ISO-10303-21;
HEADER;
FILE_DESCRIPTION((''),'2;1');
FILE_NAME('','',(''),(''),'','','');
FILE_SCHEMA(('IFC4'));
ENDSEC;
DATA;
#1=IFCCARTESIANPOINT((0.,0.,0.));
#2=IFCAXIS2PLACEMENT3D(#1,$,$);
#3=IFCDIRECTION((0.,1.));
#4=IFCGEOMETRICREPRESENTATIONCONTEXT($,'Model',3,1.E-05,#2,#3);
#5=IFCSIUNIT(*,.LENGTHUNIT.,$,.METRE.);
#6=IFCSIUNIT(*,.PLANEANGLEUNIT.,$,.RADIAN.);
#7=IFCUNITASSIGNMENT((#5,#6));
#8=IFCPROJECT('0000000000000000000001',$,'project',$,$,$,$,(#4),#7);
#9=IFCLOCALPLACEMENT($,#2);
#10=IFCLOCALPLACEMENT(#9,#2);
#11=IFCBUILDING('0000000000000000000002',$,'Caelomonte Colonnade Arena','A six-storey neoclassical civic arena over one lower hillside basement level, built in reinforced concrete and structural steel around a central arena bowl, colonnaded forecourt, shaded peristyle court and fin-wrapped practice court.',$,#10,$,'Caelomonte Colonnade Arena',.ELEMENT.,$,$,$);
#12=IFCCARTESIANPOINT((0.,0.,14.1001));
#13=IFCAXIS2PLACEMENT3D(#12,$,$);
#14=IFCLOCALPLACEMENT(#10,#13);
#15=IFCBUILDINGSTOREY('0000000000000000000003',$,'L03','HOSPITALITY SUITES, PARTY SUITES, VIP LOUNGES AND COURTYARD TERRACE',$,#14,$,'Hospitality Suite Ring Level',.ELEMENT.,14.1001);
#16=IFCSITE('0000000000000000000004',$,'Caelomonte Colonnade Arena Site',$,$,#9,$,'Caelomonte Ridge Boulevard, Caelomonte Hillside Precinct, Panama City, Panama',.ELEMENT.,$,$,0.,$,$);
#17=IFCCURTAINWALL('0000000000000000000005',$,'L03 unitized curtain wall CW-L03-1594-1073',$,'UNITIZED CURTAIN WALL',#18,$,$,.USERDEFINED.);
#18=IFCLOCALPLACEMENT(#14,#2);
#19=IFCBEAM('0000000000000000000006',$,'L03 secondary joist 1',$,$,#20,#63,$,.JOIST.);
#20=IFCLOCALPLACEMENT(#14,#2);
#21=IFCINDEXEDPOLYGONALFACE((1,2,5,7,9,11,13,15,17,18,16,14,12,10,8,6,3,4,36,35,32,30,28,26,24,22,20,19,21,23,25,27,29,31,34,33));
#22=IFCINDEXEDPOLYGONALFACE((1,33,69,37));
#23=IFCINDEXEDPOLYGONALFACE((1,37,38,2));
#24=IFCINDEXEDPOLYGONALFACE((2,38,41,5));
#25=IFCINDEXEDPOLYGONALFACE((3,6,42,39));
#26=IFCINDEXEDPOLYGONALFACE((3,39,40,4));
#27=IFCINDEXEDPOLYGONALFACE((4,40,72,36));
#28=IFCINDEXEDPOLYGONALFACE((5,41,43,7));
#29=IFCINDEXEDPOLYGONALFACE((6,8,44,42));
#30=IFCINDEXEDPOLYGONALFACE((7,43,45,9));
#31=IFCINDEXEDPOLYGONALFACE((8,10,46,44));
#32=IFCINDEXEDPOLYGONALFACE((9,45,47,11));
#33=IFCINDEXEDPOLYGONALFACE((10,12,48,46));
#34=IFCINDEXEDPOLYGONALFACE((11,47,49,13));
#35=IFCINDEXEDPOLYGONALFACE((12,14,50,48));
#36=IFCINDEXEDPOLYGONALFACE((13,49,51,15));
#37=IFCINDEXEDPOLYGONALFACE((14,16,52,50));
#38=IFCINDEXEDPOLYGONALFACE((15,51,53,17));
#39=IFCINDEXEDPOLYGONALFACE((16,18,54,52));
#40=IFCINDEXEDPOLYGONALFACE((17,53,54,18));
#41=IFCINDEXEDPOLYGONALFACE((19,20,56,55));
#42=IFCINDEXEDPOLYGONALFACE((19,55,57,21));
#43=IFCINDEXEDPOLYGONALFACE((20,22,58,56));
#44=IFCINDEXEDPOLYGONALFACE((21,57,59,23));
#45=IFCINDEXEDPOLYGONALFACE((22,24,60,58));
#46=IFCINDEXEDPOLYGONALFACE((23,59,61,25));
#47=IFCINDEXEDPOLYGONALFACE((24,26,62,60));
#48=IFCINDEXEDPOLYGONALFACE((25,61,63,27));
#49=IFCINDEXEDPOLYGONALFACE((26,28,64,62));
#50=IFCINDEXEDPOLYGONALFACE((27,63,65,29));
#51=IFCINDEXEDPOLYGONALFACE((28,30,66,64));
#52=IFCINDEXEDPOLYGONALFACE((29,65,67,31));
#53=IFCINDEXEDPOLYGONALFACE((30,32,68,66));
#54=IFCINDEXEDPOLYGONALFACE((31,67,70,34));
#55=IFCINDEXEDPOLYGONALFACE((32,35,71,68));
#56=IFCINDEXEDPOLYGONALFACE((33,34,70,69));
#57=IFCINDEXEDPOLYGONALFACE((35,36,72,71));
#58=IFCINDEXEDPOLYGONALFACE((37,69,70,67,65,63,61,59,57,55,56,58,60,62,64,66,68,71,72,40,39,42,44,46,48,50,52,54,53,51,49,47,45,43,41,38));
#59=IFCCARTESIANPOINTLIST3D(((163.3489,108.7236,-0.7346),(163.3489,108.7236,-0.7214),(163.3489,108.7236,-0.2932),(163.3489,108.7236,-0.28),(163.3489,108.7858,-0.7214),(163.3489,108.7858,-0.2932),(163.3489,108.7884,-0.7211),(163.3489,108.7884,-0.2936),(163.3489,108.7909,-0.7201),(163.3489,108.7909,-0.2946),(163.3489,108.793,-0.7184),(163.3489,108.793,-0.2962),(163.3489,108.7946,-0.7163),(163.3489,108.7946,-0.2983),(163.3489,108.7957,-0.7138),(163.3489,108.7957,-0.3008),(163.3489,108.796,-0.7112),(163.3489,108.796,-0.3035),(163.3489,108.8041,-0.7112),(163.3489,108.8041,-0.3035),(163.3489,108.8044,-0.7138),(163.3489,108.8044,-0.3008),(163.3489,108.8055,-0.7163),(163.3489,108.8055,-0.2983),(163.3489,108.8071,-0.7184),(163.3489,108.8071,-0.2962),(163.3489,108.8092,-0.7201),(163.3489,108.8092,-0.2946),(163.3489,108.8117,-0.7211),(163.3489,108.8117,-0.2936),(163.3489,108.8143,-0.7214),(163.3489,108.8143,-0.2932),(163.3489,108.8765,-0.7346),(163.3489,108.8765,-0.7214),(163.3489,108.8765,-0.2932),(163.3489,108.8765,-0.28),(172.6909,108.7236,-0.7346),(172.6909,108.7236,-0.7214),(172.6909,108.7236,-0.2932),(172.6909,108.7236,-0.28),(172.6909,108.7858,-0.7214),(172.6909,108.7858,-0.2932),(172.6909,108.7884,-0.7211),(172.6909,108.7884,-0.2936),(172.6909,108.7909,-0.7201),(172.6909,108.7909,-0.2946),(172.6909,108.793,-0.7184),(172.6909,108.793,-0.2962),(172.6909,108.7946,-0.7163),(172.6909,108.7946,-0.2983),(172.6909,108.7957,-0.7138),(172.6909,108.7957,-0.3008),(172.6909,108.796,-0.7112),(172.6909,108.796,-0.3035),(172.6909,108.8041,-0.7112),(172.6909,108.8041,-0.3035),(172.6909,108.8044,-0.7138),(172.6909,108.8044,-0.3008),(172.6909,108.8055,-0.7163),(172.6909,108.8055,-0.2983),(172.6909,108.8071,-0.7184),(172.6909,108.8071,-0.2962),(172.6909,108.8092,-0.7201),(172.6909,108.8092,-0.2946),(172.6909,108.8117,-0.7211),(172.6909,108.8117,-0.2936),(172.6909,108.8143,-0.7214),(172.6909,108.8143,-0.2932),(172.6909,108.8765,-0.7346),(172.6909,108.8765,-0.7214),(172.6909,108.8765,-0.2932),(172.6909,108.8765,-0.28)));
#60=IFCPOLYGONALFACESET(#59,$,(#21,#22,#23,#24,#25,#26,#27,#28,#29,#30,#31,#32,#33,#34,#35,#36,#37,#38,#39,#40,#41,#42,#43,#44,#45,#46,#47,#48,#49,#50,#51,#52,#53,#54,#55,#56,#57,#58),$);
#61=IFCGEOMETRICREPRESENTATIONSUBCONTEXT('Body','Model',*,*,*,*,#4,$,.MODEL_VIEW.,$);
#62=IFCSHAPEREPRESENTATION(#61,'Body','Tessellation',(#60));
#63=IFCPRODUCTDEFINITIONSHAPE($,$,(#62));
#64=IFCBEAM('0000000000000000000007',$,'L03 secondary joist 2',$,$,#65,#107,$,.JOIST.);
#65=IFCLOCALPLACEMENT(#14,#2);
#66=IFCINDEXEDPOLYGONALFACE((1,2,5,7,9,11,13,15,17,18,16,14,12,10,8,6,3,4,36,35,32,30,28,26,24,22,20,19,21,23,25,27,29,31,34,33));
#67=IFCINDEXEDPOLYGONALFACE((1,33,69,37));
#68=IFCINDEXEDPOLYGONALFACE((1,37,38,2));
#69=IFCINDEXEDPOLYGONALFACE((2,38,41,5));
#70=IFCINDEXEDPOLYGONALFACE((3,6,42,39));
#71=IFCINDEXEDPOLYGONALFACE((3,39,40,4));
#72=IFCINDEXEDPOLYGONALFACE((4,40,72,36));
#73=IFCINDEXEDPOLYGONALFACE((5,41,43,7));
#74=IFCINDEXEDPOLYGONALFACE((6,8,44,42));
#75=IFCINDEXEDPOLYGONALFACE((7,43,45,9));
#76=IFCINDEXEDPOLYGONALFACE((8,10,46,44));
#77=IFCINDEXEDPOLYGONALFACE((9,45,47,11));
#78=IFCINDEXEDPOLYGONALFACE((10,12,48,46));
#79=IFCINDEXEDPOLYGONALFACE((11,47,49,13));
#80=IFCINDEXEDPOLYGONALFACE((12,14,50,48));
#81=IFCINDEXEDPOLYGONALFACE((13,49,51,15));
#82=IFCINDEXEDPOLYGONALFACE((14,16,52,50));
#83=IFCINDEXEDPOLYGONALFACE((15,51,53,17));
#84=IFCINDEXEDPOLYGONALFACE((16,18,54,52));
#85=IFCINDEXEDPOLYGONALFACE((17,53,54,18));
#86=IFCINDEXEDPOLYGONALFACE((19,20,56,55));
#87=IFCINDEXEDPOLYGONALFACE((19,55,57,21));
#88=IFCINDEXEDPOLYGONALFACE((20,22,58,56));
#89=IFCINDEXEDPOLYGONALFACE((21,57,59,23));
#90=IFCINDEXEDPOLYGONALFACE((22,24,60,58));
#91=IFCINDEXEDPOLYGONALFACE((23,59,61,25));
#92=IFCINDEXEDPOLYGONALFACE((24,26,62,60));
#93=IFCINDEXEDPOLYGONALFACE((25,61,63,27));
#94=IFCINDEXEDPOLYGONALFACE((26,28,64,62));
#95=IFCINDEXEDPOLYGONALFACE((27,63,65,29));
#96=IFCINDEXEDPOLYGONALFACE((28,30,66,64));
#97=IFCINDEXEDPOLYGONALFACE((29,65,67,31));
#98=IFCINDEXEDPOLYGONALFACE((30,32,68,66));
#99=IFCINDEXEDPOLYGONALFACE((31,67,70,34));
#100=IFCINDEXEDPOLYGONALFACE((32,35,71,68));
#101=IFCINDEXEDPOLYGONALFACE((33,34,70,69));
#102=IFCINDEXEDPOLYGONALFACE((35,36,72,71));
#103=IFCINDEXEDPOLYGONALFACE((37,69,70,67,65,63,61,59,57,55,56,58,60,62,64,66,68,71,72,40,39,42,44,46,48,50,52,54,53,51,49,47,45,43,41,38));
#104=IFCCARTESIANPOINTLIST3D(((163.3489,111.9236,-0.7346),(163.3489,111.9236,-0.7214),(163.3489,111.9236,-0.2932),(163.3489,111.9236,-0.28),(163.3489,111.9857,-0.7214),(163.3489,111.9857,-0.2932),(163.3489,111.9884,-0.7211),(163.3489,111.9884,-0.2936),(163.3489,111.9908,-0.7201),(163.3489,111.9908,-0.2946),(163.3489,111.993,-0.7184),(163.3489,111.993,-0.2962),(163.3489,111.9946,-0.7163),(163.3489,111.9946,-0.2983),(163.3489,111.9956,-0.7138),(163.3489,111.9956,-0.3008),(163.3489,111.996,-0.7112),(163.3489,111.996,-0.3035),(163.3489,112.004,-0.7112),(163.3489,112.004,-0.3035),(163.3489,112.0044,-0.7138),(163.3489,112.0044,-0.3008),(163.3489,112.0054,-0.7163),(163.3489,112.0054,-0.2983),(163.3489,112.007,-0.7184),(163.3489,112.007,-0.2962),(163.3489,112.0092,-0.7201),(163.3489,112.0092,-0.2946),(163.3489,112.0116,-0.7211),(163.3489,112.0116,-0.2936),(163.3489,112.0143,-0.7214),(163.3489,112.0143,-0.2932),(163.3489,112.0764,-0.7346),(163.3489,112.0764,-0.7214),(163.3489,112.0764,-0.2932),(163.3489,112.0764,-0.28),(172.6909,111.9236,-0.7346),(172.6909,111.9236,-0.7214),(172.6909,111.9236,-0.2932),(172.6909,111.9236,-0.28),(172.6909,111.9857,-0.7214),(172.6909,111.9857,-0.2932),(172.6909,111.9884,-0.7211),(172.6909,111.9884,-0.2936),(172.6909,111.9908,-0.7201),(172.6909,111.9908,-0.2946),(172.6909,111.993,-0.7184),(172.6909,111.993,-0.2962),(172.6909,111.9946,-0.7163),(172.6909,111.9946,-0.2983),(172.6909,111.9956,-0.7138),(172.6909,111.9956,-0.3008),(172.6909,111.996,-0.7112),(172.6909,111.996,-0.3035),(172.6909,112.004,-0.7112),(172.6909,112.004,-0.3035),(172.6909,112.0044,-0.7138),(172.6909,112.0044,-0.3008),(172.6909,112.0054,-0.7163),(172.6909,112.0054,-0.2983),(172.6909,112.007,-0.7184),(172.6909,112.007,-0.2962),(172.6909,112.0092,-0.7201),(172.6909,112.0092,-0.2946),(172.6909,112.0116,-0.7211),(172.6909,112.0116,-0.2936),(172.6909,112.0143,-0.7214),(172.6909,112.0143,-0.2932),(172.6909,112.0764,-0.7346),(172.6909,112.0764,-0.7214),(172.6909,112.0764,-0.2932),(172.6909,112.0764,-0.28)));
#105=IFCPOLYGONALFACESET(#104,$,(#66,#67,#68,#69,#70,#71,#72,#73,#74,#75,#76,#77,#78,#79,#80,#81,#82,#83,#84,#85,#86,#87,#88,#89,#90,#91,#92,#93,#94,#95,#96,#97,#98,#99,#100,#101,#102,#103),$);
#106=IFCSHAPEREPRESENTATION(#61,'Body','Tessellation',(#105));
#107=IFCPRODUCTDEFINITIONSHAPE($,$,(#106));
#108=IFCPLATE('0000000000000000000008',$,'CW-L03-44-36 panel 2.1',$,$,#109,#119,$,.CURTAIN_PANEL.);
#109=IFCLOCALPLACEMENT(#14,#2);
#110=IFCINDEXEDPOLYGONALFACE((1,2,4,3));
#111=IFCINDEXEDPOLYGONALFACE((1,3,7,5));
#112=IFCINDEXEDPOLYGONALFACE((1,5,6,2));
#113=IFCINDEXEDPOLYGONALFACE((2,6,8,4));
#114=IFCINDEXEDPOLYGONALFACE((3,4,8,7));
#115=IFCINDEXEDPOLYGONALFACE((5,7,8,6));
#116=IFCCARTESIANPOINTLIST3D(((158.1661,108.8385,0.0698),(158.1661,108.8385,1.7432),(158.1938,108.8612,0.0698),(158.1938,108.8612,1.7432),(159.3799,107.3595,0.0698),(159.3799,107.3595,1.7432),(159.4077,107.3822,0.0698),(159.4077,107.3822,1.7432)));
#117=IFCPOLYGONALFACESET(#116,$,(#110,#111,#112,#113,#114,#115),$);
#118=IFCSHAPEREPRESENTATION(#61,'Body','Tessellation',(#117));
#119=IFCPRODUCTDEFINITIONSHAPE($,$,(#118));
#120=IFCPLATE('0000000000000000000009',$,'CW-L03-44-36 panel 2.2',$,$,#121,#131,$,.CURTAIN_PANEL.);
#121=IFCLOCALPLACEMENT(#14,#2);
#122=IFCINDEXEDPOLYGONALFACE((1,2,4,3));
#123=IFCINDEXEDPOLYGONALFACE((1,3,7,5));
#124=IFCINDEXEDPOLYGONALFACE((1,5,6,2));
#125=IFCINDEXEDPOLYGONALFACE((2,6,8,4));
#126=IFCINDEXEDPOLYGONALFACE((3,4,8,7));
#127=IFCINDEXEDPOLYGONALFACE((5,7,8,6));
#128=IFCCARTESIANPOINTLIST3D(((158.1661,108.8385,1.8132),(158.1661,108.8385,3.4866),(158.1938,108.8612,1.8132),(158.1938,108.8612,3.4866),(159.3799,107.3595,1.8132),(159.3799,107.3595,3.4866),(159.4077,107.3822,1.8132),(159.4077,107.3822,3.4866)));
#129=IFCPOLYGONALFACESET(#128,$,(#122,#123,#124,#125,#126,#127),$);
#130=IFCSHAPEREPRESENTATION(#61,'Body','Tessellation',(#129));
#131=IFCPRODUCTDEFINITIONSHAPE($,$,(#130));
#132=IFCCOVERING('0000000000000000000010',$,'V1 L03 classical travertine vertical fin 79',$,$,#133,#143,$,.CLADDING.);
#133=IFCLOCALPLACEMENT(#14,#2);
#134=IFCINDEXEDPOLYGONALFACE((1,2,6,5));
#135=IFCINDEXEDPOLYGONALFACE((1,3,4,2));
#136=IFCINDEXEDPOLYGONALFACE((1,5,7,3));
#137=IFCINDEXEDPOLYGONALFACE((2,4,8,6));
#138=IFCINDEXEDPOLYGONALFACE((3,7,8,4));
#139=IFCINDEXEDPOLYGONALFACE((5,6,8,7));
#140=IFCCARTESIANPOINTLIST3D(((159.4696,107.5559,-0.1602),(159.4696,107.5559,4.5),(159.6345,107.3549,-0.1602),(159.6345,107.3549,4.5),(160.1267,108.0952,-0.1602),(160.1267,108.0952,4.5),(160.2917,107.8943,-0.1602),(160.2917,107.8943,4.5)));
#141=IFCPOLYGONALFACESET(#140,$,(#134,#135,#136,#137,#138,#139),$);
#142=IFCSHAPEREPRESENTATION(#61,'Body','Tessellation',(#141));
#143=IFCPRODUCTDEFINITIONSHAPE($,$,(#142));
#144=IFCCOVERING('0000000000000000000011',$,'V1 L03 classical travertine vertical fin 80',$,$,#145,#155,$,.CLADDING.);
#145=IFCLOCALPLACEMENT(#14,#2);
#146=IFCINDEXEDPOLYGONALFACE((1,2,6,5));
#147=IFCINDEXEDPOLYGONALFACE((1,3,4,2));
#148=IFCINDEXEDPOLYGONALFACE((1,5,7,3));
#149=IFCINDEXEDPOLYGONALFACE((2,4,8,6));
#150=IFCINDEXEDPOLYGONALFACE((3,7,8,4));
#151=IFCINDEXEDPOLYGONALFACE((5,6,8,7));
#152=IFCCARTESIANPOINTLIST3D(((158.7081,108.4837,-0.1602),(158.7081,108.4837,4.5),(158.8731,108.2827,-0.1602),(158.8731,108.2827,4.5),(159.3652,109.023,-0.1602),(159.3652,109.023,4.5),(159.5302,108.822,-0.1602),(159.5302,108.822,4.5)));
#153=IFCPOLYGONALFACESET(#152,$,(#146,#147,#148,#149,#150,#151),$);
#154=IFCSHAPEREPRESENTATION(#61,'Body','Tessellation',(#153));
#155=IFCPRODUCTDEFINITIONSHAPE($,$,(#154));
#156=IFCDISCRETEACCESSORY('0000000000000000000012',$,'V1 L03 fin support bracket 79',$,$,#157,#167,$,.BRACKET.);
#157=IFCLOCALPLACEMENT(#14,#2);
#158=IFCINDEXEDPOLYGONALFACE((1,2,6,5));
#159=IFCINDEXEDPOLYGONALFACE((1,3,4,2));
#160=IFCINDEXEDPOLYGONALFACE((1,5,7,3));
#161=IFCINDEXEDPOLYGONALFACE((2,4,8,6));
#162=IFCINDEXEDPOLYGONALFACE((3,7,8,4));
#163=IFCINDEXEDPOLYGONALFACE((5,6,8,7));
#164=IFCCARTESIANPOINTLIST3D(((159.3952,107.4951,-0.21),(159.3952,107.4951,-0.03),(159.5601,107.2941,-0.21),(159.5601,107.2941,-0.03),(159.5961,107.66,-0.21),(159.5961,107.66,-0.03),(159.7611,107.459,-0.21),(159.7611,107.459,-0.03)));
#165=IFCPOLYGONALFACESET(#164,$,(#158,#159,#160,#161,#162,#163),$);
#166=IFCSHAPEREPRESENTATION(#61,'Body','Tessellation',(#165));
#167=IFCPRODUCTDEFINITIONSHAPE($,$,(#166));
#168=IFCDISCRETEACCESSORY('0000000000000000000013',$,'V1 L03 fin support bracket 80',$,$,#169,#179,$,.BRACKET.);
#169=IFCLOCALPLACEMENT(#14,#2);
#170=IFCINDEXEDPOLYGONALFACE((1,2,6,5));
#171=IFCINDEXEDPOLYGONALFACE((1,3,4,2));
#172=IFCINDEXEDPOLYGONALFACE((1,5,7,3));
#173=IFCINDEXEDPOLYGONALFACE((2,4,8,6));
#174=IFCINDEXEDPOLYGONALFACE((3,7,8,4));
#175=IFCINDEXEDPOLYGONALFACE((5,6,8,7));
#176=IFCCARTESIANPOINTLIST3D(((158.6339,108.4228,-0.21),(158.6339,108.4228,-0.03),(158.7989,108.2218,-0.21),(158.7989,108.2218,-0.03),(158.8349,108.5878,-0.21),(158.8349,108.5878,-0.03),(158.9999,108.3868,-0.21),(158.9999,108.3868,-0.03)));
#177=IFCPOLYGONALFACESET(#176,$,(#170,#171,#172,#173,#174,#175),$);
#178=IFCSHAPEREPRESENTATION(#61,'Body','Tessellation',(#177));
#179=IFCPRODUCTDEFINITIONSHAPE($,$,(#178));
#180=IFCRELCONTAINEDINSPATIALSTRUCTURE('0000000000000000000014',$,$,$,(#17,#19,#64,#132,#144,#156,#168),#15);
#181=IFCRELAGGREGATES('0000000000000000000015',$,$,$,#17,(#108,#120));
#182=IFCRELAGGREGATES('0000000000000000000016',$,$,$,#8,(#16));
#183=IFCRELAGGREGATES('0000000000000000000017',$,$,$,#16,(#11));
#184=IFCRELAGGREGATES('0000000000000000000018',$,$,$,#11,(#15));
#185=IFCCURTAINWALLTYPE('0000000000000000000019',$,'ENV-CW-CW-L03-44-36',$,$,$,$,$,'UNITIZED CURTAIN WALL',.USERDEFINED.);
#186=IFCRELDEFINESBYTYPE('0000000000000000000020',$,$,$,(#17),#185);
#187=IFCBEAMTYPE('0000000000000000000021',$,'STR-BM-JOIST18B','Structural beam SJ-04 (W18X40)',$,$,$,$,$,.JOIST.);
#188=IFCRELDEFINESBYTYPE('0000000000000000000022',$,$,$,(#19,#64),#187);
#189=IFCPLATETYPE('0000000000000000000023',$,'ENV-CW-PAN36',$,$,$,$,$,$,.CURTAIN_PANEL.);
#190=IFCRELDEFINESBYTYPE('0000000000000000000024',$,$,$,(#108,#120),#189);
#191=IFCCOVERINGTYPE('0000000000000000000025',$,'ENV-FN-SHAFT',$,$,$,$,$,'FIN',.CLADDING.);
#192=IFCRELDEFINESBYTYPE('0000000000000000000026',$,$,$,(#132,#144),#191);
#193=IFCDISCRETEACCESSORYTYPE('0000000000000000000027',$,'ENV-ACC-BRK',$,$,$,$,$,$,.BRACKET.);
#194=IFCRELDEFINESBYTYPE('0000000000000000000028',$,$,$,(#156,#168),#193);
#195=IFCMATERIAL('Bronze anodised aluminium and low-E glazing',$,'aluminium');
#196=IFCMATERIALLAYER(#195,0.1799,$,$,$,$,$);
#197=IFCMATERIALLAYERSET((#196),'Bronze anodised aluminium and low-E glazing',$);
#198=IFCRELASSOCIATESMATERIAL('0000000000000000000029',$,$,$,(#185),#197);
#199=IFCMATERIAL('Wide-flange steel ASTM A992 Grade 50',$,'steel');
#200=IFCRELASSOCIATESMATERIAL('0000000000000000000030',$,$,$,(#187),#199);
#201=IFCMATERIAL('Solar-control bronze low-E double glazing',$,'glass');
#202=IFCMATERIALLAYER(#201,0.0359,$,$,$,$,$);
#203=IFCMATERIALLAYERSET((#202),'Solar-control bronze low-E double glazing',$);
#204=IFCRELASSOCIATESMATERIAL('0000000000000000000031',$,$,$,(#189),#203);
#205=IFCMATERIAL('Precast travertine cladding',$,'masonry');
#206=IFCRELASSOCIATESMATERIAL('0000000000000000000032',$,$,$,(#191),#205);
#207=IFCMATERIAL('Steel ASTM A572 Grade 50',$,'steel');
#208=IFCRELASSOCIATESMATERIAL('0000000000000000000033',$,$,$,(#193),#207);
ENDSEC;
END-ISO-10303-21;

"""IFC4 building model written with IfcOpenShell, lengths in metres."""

from ifc_helpers import new_model, si_unit, direction, frame, origin, origin_2d, place, context, subcontext, project, spatial, rectangle, i_section, extrude, material, layer, layer_set, material_profile, profile_set, type_object, element, aggregate, save


model = new_model("IFC4")

# Units and contexts
model_context = context("Model", 3, precision=1e-05, world=origin(), true_north=direction((0.0, 1.0)))
body_context = subcontext(model_context, "Body", "Model", "MODEL_VIEW")
ifc_project = project(units=[si_unit("LENGTHUNIT", "METRE"), si_unit("PLANEANGLEUNIT", "RADIAN")], contexts=[model_context])

# Site, building, storey
site_placement = place(None, origin())
site = spatial("IfcSite", under=ifc_project, at=site_placement, Name="Caelomonte Colonnade Arena Site", LongName="Caelomonte Ridge Boulevard, Caelomonte Hillside Precinct, Panama City, Panama", CompositionType="ELEMENT", RefElevation=0.0)
building_placement = place(site_placement, origin())
building = spatial("IfcBuilding", under=site, at=building_placement, Name="Caelomonte Colonnade Arena", Description="A six-storey neoclassical civic arena over one lower hillside basement level, built in reinforced concrete and structural steel around a central arena bowl, colonnaded forecourt, shaded peristyle court and fin-wrapped practice court.", LongName="Caelomonte Colonnade Arena", CompositionType="ELEMENT")
storey_placement = place(building_placement, frame((0.0, 0.0, 14.1001)))
storey = spatial("IfcBuildingStorey", under=building, at=storey_placement, Name="L03", Description="HOSPITALITY SUITES, PARTY SUITES, VIP LOUNGES AND COURTYARD TERRACE", LongName="Hospitality Suite Ring Level", CompositionType="ELEMENT", Elevation=14.1001)

# Shared definitions
ifc_material_1 = material(Name="Bronze anodised aluminium and low-E glazing", Category="aluminium")

# Curtain wall
ifc_layer_1 = layer(ifc_material_1, 0.1799)
ifc_layer_set_1 = layer_set([ifc_layer_1], Name="Bronze anodised aluminium and low-E glazing")
curtain_wall_type_1 = type_object("IfcCurtainWallType", Name="ENV-CW-CW-L03-44-36", ElementType="UNITIZED CURTAIN WALL", PredefinedType="USERDEFINED", material=ifc_layer_set_1)
curtain_wall_1_placement = place(storey_placement, origin())
curtain_wall_1 = element("IfcCurtainWall", 1, at=curtain_wall_1_placement, inside=storey, type_object=curtain_wall_type_1, Name="L03 unitized curtain wall CW-L03-1594-1073", ObjectType="UNITIZED CURTAIN WALL", PredefinedType="USERDEFINED")

# Beams
ifc_material_2 = material(Name="Wide-flange steel ASTM A992 Grade 50", Category="steel")
ifc_material_profile_1 = material_profile(ifc_material_2, i_section(OverallWidth=0.1528, OverallDepth=0.4546, WebThickness=0.0081, FlangeThickness=0.0132, FilletRadius=0.0103, at=origin_2d()), Name="W18X40")
ifc_profile_set_1 = profile_set([ifc_material_profile_1], Name="Wide-flange steel ASTM A992 Grade 50")
beam_type = type_object("IfcBeamType", Name="STR-BM-JOIST18B", Description="Structural beam SJ-04 (W18X40)", PredefinedType="JOIST", material=ifc_profile_set_1)
for number, where, z_axis, x_axis, name in (
    (2, (163.3489, 108.8, -0.5073), (1.0, 0.0, 0.0), (0.0, 1.0, 0.0), "L03 secondary joist 1"),
    (3, (163.3489, 112.0, -0.5073), (1.0, 0.0, 0.0), (0.0, 1.0, 0.0), "L03 secondary joist 2"),
):
    element("IfcBeam", number, at=place(storey_placement, frame(where, z_axis=z_axis, x_axis=x_axis)), inside=storey, type_object=beam_type, Name=name, PredefinedType="JOIST", context=body_context, shape_type="SweptSolid", body=[
        extrude(i_section(OverallWidth=0.1528, OverallDepth=0.4546, WebThickness=0.0081, FlangeThickness=0.0132, FilletRadius=0.0103, at=origin_2d()), origin(), (0.0, 0.0, 1.0), 9.342),
    ])

# Plates
ifc_material_3 = material(Name="Solar-control bronze low-E double glazing", Category="glass")
ifc_layer_2 = layer(ifc_material_3, 0.0359)
ifc_layer_set_2 = layer_set([ifc_layer_2], Name="Solar-control bronze low-E double glazing")
plate_type = type_object("IfcPlateType", Name="ENV-CW-PAN36", PredefinedType="CURTAIN_PANEL", material=ifc_layer_set_2)
plate_1_placement = place(storey_placement, frame((158.7869, 108.1104, 0.0698), z_axis=(0.0, 0.0, 1.0), x_axis=(-0.634416, 0.772992, 0.0)))
plate_1 = element("IfcPlate", 4, at=plate_1_placement, type_object=plate_type, Name="CW-L03-44-36 panel 2.1", PredefinedType="CURTAIN_PANEL", context=body_context, shape_type="SweptSolid", body=[
    extrude(rectangle(XDim=1.9133, YDim=0.0359, at=origin_2d()), origin(), (0.0, 0.0, 1.0), 1.6733),
])
plate_2_placement = place(storey_placement, frame((158.7869, 108.1104, 1.8132), z_axis=(0.0, 0.0, 1.0), x_axis=(-0.634416, 0.772992, 0.0)))
plate_2 = element("IfcPlate", 5, at=plate_2_placement, type_object=plate_type, Name="CW-L03-44-36 panel 2.2", PredefinedType="CURTAIN_PANEL", context=body_context, shape_type="SweptSolid", body=[
    extrude(rectangle(XDim=1.9133, YDim=0.0359, at=origin_2d()), origin(), (0.0, 0.0, 1.0), 1.6733),
])
aggregate(curtain_wall_1, [plate_1, plate_2])

# Coverings
ifc_material_4 = material(Name="Precast travertine cladding", Category="masonry")
ifc_material_profile_2 = material_profile(ifc_material_4, rectangle(XDim=0.26, YDim=0.8501, at=origin_2d()), Name="FIN260X850")
ifc_profile_set_2 = profile_set([ifc_material_profile_2], Name="Precast travertine cladding")
covering_type = type_object("IfcCoveringType", Name="ENV-FN-SHAFT", ElementType="FIN", PredefinedType="CLADDING", material=ifc_profile_set_2)
for number, where, z_axis, x_axis, name in (
    (6, (159.8806, 107.7251, -0.1602), (0.0, 0.0, 1.0), (0.634414, -0.772994, 0.0), "V1 L03 classical travertine vertical fin 79"),
    (7, (159.1191, 108.6528, -0.1602), (0.0, 0.0, 1.0), (0.634414, -0.772994, 0.0), "V1 L03 classical travertine vertical fin 80"),
):
    element("IfcCovering", number, at=place(storey_placement, frame(where, z_axis=z_axis, x_axis=x_axis)), inside=storey, type_object=covering_type, Name=name, PredefinedType="CLADDING", context=body_context, shape_type="SweptSolid", body=[
        extrude(rectangle(XDim=0.26, YDim=0.8501, at=origin_2d()), origin(), (0.0, 0.0, 1.0), 4.6602),
    ])

# Discrete accessories
ifc_material_5 = material(Name="Steel ASTM A572 Grade 50", Category="steel")
discrete_accessory_type = type_object("IfcDiscreteAccessoryType", Name="ENV-ACC-BRK", PredefinedType="BRACKET", material=ifc_material_5)
for number, where, z_axis, x_axis, name in (
    (8, (159.5781, 107.4771, -0.21), (0.0, 0.0, 1.0), (-0.634414, 0.772994, 0.0), "V1 L03 fin support bracket 79"),
    (9, (158.8169, 108.4048, -0.21), (0.0, 0.0, 1.0), (-0.634414, 0.772994, 0.0), "V1 L03 fin support bracket 80"),
):
    element("IfcDiscreteAccessory", number, at=place(storey_placement, frame(where, z_axis=z_axis, x_axis=x_axis)), inside=storey, type_object=discrete_accessory_type, Name=name, PredefinedType="BRACKET", context=body_context, shape_type="SweptSolid", body=[
        extrude(rectangle(XDim=0.26, YDim=0.26, at=origin_2d()), origin(), (0.0, 0.0, 1.0), 0.1799),
    ])

save(model, "model.ifc")
